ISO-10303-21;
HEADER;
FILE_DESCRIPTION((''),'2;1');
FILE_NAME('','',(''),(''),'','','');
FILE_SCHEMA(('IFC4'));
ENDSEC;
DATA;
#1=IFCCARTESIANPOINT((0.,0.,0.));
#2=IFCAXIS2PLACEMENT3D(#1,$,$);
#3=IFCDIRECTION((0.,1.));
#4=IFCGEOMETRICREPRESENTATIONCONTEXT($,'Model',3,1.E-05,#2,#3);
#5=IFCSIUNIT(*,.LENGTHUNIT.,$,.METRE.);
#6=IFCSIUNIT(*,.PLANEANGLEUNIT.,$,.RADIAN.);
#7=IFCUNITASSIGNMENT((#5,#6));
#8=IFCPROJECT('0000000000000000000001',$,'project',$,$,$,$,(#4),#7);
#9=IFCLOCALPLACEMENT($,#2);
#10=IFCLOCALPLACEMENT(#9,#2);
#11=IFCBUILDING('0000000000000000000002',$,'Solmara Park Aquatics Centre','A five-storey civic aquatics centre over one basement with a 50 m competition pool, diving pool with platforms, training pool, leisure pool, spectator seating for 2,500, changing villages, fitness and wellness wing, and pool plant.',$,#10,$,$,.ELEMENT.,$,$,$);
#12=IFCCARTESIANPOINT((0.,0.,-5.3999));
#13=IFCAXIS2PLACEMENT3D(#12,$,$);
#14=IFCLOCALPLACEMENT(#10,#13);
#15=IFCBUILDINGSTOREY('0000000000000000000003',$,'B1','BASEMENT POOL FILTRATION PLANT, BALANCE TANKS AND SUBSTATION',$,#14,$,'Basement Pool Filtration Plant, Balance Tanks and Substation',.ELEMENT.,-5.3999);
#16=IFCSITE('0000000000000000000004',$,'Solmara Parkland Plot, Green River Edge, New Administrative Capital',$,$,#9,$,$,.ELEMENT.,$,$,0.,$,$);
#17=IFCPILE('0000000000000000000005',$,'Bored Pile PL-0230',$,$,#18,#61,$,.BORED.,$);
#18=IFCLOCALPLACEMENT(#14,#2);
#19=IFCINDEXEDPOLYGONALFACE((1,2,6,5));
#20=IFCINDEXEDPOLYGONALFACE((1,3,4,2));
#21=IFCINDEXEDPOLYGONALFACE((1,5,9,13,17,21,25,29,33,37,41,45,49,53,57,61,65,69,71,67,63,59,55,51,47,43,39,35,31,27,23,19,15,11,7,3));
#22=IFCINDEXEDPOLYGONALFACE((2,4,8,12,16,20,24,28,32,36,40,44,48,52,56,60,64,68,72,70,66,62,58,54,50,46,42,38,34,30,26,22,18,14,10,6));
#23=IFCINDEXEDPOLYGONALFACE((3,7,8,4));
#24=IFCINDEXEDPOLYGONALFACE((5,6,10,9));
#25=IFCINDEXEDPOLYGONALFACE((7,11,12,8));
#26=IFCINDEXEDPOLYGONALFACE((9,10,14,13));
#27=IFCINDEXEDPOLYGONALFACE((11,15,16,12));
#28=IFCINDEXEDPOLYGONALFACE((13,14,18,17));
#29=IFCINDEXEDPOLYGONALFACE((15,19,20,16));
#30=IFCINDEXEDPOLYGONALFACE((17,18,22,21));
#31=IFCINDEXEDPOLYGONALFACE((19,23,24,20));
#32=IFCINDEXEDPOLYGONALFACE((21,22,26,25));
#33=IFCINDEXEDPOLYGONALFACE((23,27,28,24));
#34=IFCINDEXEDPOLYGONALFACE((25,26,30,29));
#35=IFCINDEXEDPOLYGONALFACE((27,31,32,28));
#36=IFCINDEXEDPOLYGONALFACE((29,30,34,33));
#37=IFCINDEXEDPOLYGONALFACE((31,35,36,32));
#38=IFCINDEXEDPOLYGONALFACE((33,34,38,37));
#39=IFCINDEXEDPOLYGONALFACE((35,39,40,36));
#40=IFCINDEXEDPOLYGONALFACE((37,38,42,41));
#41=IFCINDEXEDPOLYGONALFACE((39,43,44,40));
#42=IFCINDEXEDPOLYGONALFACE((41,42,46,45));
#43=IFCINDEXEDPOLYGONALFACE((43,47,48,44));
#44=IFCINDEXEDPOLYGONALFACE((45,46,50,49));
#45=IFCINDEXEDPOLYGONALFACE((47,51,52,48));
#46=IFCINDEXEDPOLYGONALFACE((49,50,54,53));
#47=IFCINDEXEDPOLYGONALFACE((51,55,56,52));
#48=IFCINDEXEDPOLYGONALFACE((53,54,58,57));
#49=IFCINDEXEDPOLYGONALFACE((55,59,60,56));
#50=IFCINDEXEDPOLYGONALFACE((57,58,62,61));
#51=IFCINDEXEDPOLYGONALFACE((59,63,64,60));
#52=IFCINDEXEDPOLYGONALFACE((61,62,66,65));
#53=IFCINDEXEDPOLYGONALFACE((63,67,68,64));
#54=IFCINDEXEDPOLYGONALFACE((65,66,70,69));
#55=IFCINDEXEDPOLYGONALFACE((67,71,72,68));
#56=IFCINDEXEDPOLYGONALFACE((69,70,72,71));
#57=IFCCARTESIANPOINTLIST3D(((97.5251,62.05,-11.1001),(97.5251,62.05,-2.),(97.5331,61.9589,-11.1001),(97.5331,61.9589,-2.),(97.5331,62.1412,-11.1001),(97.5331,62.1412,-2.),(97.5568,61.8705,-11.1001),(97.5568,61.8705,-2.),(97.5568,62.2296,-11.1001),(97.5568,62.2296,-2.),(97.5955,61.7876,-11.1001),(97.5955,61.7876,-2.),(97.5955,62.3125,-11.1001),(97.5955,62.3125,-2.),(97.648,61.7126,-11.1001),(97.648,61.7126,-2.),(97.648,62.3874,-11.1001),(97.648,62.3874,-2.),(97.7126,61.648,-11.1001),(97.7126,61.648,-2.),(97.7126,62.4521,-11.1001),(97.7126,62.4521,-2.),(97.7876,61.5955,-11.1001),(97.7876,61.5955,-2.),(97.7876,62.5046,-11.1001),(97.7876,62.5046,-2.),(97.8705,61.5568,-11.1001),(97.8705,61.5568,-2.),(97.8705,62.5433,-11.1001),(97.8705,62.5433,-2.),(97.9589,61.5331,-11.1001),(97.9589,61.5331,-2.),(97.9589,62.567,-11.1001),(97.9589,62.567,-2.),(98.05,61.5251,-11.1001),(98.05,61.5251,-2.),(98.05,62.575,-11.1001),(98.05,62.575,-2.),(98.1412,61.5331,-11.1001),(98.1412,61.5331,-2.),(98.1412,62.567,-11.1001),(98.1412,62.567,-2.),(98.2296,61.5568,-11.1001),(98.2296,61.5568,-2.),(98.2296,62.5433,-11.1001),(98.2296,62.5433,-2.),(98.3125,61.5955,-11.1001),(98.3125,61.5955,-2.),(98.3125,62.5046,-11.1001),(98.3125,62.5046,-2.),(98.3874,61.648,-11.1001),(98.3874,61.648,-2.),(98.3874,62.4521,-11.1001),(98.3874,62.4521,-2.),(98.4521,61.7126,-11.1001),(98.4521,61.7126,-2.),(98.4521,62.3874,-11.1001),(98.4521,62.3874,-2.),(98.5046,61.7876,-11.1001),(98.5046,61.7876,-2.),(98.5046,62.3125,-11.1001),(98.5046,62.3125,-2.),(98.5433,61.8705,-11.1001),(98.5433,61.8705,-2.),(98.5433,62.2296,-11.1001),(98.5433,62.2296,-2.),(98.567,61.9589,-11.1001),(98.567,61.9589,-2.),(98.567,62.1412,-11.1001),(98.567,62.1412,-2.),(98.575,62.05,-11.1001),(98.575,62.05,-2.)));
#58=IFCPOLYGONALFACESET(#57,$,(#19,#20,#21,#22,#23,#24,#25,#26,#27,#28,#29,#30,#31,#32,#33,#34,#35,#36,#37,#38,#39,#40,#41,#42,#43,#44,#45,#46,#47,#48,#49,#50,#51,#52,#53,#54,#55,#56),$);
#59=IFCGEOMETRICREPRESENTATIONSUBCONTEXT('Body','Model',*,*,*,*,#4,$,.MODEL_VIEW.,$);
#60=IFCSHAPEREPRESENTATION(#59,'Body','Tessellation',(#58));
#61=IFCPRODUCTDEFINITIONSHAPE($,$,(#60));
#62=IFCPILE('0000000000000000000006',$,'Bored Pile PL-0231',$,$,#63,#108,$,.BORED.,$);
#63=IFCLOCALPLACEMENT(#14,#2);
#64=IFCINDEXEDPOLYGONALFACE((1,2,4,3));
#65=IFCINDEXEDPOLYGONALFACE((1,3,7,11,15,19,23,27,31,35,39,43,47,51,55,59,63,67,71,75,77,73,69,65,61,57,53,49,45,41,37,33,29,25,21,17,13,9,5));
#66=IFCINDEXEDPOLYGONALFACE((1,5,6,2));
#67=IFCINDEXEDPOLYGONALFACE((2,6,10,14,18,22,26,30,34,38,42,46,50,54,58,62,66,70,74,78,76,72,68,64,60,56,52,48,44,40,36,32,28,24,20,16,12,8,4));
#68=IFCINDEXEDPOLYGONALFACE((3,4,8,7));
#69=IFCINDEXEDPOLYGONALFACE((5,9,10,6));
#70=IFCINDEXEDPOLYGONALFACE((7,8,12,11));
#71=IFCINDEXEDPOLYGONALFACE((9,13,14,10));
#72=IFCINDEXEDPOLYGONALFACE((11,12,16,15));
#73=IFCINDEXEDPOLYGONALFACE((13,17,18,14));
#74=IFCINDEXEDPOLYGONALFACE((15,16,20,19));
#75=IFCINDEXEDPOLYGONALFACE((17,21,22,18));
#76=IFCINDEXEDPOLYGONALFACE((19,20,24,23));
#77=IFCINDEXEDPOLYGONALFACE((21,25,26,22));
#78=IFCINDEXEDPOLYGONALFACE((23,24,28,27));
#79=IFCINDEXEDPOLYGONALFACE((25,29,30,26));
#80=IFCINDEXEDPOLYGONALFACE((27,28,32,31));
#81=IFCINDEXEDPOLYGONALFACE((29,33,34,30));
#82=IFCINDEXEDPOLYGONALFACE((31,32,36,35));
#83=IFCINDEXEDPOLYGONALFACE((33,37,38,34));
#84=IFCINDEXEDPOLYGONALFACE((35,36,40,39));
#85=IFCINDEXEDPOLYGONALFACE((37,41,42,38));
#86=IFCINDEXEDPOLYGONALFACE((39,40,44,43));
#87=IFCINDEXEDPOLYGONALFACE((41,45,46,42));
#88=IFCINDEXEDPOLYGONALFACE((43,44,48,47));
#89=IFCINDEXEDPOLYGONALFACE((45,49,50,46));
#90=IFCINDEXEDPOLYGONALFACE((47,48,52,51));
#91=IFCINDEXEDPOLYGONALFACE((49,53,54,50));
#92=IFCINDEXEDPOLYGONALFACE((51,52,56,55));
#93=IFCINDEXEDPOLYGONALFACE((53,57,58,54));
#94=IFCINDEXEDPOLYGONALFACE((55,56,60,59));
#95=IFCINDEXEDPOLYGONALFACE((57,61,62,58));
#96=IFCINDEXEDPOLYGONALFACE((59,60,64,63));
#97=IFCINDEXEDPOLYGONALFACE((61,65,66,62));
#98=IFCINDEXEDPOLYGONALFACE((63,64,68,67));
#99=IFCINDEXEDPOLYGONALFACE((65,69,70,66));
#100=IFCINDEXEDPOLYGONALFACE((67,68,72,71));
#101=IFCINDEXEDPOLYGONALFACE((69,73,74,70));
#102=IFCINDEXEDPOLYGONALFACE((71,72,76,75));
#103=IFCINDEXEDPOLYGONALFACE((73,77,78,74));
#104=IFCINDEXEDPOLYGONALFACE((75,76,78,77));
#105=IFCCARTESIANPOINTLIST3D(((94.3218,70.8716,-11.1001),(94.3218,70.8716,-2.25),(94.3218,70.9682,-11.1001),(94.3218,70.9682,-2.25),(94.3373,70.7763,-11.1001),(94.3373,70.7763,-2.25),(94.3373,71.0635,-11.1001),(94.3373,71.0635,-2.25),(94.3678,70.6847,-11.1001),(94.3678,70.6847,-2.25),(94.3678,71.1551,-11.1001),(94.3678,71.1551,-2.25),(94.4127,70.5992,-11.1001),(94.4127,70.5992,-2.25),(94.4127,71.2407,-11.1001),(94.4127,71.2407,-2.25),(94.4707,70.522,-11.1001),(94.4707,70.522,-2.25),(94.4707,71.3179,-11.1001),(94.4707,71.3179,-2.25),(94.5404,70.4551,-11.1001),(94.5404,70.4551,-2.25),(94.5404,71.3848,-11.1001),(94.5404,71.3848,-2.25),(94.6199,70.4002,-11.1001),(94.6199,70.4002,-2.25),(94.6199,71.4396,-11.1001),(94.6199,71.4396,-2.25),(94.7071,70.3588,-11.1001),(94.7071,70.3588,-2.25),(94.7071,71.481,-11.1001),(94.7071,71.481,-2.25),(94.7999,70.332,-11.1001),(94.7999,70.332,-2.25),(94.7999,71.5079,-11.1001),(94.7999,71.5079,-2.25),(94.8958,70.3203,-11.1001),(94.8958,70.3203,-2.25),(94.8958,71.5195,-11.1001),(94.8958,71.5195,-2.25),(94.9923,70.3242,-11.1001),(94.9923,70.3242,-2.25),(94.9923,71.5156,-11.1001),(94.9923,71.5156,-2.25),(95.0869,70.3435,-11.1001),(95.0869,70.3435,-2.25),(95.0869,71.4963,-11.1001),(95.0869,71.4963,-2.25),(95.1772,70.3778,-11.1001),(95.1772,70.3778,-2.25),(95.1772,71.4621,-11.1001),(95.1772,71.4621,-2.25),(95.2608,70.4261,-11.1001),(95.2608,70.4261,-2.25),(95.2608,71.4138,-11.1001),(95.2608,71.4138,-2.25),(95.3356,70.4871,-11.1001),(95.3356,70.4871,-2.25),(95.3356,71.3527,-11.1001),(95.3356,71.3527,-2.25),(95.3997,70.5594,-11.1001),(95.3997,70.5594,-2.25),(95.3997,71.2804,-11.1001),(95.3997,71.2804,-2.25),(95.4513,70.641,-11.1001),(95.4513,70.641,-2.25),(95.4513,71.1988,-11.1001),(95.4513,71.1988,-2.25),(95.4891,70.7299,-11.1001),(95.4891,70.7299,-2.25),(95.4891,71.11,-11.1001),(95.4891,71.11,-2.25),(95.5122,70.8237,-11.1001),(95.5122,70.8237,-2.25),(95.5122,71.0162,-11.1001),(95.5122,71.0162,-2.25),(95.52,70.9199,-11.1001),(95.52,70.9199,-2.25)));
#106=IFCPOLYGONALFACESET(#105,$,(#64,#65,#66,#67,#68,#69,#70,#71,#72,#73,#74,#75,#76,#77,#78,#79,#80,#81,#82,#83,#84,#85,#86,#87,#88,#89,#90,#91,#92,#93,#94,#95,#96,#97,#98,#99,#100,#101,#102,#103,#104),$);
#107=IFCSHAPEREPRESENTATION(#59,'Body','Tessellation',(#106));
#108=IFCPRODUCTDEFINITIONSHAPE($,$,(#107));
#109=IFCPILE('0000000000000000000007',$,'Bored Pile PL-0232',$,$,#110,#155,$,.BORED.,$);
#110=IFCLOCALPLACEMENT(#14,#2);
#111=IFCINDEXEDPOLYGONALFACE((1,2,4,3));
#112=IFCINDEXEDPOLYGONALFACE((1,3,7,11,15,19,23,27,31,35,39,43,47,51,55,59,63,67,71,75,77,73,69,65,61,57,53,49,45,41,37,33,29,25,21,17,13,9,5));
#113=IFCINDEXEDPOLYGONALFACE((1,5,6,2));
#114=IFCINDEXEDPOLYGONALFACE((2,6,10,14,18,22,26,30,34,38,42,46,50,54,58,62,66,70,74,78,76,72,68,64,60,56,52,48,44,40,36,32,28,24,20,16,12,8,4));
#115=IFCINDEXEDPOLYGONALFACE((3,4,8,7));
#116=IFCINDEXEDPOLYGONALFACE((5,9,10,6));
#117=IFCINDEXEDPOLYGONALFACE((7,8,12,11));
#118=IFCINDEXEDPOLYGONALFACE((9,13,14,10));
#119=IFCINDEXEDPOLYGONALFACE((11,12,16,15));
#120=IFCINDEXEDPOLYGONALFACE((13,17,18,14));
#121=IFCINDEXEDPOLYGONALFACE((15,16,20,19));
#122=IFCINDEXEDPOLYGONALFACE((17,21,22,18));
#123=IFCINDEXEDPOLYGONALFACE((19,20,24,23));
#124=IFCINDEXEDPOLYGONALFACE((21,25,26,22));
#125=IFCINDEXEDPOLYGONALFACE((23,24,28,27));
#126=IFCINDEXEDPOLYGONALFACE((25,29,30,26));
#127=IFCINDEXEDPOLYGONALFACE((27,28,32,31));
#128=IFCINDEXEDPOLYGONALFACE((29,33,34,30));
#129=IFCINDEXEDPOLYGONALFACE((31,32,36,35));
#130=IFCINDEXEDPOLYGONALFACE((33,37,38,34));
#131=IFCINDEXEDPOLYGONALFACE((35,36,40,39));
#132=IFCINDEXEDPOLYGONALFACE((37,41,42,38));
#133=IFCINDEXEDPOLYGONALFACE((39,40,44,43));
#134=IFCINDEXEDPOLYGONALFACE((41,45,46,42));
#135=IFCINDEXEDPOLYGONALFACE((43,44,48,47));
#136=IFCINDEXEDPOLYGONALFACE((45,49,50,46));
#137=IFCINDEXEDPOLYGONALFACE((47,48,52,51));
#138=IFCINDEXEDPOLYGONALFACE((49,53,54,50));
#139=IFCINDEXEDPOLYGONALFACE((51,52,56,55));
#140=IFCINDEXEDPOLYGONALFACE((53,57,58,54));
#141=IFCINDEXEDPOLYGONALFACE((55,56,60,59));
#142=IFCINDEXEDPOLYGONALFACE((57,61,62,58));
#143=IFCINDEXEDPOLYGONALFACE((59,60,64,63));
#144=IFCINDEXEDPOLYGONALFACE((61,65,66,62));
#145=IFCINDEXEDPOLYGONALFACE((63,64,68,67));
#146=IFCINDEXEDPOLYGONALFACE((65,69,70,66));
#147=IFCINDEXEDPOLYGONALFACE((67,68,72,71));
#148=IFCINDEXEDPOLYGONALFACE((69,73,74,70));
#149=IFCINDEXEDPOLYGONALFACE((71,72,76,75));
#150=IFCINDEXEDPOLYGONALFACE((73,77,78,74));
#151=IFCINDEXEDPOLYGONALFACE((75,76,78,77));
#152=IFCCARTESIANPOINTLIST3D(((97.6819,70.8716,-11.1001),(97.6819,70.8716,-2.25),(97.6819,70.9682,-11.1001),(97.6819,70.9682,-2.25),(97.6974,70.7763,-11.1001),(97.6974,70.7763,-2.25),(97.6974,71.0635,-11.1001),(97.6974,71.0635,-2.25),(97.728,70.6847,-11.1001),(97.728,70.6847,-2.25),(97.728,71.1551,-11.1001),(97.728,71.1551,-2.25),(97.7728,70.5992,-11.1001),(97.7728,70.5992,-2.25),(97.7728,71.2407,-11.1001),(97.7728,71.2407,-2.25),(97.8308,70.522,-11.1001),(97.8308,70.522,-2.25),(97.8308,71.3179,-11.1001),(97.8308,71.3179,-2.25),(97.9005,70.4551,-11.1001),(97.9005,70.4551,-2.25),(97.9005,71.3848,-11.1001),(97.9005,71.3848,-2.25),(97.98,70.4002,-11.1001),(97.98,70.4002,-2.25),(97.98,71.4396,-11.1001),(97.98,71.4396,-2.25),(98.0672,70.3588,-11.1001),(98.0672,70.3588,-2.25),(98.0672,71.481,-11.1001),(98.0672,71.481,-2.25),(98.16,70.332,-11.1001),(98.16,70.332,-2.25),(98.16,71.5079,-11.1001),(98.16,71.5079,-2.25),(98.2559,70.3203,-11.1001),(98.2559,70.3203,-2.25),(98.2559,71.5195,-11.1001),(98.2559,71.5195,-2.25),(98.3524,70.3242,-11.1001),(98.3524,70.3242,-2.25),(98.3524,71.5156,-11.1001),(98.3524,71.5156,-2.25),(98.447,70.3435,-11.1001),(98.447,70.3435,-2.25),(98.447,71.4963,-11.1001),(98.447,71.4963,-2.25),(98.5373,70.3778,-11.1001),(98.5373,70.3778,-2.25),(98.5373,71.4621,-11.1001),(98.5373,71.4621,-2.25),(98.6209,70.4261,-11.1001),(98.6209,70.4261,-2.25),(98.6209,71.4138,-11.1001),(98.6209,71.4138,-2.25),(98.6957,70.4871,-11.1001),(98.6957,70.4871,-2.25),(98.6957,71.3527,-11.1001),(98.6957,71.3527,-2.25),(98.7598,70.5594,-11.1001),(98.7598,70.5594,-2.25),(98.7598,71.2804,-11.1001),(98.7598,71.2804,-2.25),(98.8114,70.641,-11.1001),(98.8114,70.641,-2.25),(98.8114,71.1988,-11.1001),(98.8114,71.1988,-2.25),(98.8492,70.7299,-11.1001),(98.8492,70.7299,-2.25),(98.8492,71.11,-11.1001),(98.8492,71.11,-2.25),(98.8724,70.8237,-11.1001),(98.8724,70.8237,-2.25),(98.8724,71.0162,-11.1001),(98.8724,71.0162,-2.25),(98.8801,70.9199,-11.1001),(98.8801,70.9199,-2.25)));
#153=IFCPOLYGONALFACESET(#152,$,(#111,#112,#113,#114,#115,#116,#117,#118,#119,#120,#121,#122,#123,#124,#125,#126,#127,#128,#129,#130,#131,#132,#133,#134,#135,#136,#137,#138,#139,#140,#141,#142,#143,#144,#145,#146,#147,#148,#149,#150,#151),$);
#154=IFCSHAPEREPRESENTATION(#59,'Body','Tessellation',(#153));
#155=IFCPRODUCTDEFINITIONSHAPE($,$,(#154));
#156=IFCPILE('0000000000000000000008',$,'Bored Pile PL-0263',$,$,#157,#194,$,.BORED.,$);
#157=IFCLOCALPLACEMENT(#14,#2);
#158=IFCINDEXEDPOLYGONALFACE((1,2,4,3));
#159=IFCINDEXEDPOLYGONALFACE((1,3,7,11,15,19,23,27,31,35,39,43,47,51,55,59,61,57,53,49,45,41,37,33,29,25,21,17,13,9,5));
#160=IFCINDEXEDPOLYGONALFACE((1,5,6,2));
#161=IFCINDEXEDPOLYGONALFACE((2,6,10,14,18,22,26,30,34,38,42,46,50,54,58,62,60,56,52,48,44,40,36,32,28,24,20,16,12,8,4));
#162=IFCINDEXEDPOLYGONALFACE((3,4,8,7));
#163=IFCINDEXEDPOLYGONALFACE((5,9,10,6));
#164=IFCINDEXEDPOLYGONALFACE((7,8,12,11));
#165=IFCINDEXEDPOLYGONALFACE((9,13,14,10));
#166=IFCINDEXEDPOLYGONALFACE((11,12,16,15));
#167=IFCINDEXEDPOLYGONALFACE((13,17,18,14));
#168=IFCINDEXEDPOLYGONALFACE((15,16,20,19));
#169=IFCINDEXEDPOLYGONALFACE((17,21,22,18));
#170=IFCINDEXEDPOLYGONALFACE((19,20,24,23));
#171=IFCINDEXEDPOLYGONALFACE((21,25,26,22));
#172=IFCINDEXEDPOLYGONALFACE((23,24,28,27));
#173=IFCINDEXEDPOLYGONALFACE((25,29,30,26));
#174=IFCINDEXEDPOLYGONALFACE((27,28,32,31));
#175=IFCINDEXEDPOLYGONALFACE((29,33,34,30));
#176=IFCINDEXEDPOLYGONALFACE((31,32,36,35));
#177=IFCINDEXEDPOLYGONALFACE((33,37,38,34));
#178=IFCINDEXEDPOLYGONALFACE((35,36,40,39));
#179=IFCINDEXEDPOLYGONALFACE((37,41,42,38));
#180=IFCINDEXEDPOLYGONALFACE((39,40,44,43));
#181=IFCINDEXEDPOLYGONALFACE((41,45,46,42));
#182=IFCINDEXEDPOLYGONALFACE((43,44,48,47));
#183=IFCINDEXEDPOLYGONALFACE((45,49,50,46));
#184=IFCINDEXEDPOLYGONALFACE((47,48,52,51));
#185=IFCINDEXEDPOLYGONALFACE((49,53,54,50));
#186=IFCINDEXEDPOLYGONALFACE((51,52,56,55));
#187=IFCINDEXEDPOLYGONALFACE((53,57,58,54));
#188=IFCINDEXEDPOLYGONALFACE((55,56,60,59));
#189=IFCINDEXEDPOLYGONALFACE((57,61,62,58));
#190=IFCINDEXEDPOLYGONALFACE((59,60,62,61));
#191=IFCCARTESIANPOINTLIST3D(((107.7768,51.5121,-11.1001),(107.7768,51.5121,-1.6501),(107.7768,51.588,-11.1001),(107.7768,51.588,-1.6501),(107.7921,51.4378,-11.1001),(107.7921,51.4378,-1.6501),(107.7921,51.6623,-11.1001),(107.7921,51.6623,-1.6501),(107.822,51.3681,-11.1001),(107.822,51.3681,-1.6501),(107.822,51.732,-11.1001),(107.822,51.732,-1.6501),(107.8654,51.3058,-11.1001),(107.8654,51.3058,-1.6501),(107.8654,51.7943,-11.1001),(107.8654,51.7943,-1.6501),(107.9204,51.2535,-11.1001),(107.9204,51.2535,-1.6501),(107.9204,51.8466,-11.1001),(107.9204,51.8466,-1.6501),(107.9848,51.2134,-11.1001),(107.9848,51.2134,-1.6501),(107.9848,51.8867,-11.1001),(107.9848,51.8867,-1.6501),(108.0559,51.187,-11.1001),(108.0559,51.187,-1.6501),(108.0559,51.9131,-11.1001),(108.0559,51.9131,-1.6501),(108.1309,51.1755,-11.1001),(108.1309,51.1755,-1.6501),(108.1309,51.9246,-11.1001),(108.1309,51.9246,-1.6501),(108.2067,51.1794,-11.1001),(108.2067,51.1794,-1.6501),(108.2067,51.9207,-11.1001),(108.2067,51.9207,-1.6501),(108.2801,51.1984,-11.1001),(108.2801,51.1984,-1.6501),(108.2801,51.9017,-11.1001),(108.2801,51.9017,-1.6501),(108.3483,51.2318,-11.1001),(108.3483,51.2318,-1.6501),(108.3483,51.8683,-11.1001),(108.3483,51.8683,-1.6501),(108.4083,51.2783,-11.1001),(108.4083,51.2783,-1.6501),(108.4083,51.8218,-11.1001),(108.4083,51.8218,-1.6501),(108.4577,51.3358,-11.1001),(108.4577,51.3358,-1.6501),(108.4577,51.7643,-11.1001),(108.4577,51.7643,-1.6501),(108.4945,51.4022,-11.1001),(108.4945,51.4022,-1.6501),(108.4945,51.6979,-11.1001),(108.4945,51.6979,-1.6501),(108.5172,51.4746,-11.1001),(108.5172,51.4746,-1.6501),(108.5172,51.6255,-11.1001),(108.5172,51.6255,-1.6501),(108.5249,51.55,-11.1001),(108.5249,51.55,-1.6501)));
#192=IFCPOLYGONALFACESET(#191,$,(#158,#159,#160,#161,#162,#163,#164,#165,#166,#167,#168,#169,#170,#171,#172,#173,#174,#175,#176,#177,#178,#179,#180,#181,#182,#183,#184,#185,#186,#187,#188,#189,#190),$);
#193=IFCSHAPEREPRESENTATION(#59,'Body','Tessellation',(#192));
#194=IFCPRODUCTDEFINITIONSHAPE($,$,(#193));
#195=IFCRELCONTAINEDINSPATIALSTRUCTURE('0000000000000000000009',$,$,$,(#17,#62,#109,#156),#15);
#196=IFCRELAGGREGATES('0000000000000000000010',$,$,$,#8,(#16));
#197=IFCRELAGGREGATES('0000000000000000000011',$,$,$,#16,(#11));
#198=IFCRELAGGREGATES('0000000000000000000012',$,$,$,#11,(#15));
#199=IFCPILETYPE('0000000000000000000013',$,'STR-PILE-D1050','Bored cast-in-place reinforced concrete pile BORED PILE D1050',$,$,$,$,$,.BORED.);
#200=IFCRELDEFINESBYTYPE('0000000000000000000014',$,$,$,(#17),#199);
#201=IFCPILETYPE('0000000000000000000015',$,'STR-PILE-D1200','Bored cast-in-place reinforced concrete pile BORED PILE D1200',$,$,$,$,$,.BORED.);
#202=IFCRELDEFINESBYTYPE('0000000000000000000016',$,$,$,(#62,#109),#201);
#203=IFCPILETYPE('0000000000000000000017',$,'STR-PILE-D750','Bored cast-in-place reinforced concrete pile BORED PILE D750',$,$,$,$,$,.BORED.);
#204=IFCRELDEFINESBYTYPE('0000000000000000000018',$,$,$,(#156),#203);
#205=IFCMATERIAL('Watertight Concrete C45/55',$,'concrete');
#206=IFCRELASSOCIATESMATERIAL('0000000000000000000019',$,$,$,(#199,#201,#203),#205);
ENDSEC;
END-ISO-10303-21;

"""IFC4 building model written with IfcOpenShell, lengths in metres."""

from ifc_helpers import new_model, si_unit, direction, frame, origin, origin_2d, place, context, subcontext, project, spatial, circle, extrude, material, material_profile, profile_set, type_object, element, save


model = new_model("IFC4")

# Units and contexts
model_context = context("Model", 3, precision=1e-05, world=origin(), true_north=direction((0.0, 1.0)))
body_context = subcontext(model_context, "Body", "Model", "MODEL_VIEW")
ifc_project = project(units=[si_unit("LENGTHUNIT", "METRE"), si_unit("PLANEANGLEUNIT", "RADIAN")], contexts=[model_context])

# Site, building, storey
site_placement = place(None, origin())
site = spatial("IfcSite", under=ifc_project, at=site_placement, Name="Solmara Parkland Plot, Green River Edge, New Administrative Capital", CompositionType="ELEMENT", RefElevation=0.0)
building_placement = place(site_placement, origin())
building = spatial("IfcBuilding", under=site, at=building_placement, Name="Solmara Park Aquatics Centre", Description="A five-storey civic aquatics centre over one basement with a 50 m competition pool, diving pool with platforms, training pool, leisure pool, spectator seating for 2,500, changing villages, fitness and wellness wing, and pool plant.", CompositionType="ELEMENT")
storey_placement = place(building_placement, frame((0.0, 0.0, -5.3999)))
storey = spatial("IfcBuildingStorey", under=building, at=storey_placement, Name="B1", Description="BASEMENT POOL FILTRATION PLANT, BALANCE TANKS AND SUBSTATION", LongName="Basement Pool Filtration Plant, Balance Tanks and Substation", CompositionType="ELEMENT", Elevation=-5.3999)

# Shared definitions
ifc_material_1 = material(Name="Watertight Concrete C45/55", Category="concrete")

# Piles
ifc_material_profile_1 = material_profile(ifc_material_1, circle(Radius=0.5249, at=origin_2d()), Name="BORED PILE D1050")
ifc_profile_set_1 = profile_set([ifc_material_profile_1], Name="Watertight Concrete C45/55")
pile_type_1 = type_object("IfcPileType", Name="STR-PILE-D1050", Description="Bored cast-in-place reinforced concrete pile BORED PILE D1050", PredefinedType="BORED", material=ifc_profile_set_1)
for number, where, z_axis, x_axis, name in (
    (1, (98.05, 62.05, -2.0), (0.0, 0.0, -1.0), (1.0, 0.0, 0.0), "Bored Pile PL-0230"),
):
    element("IfcPile", number, at=place(storey_placement, frame(where, z_axis=z_axis, x_axis=x_axis)), inside=storey, type_object=pile_type_1, Name=name, PredefinedType="BORED", context=body_context, shape_type="SweptSolid", body=[
        extrude(circle(Radius=0.5249, at=origin_2d()), origin(), (0.0, 0.0, 1.0), 9.1001),
    ])
ifc_material_profile_2 = material_profile(ifc_material_1, circle(Radius=0.6001, at=origin_2d()), Name="BORED PILE D1200")
ifc_profile_set_2 = profile_set([ifc_material_profile_2], Name="Watertight Concrete C45/55")
pile_type_2 = type_object("IfcPileType", Name="STR-PILE-D1200", Description="Bored cast-in-place reinforced concrete pile BORED PILE D1200", PredefinedType="BORED", material=ifc_profile_set_2)
for number, where, z_axis, x_axis, name in (
    (2, (94.9199, 70.9199, -2.25), (0.0, 0.0, -1.0), (1.0, 0.0, 0.0), "Bored Pile PL-0231"),
    (3, (98.28, 70.9199, -2.25), (0.0, 0.0, -1.0), (1.0, 0.0, 0.0), "Bored Pile PL-0232"),
):
    element("IfcPile", number, at=place(storey_placement, frame(where, z_axis=z_axis, x_axis=x_axis)), inside=storey, type_object=pile_type_2, Name=name, PredefinedType="BORED", context=body_context, shape_type="SweptSolid", body=[
        extrude(circle(Radius=0.6001, at=origin_2d()), origin(), (0.0, 0.0, 1.0), 8.8501),
    ])
ifc_material_profile_3 = material_profile(ifc_material_1, circle(Radius=0.375, at=origin_2d()), Name="BORED PILE D750")
ifc_profile_set_3 = profile_set([ifc_material_profile_3], Name="Watertight Concrete C45/55")
pile_type_3 = type_object("IfcPileType", Name="STR-PILE-D750", Description="Bored cast-in-place reinforced concrete pile BORED PILE D750", PredefinedType="BORED", material=ifc_profile_set_3)
for number, where, z_axis, x_axis, name in (
    (4, (108.1499, 51.55, -1.6501), (0.0, 0.0, -1.0), (1.0, 0.0, 0.0), "Bored Pile PL-0263"),
):
    element("IfcPile", number, at=place(storey_placement, frame(where, z_axis=z_axis, x_axis=x_axis)), inside=storey, type_object=pile_type_3, Name=name, PredefinedType="BORED", context=body_context, shape_type="SweptSolid", body=[
        extrude(circle(Radius=0.375, at=origin_2d()), origin(), (0.0, 0.0, 1.0), 9.45),
    ])

save(model, "model.ifc")
